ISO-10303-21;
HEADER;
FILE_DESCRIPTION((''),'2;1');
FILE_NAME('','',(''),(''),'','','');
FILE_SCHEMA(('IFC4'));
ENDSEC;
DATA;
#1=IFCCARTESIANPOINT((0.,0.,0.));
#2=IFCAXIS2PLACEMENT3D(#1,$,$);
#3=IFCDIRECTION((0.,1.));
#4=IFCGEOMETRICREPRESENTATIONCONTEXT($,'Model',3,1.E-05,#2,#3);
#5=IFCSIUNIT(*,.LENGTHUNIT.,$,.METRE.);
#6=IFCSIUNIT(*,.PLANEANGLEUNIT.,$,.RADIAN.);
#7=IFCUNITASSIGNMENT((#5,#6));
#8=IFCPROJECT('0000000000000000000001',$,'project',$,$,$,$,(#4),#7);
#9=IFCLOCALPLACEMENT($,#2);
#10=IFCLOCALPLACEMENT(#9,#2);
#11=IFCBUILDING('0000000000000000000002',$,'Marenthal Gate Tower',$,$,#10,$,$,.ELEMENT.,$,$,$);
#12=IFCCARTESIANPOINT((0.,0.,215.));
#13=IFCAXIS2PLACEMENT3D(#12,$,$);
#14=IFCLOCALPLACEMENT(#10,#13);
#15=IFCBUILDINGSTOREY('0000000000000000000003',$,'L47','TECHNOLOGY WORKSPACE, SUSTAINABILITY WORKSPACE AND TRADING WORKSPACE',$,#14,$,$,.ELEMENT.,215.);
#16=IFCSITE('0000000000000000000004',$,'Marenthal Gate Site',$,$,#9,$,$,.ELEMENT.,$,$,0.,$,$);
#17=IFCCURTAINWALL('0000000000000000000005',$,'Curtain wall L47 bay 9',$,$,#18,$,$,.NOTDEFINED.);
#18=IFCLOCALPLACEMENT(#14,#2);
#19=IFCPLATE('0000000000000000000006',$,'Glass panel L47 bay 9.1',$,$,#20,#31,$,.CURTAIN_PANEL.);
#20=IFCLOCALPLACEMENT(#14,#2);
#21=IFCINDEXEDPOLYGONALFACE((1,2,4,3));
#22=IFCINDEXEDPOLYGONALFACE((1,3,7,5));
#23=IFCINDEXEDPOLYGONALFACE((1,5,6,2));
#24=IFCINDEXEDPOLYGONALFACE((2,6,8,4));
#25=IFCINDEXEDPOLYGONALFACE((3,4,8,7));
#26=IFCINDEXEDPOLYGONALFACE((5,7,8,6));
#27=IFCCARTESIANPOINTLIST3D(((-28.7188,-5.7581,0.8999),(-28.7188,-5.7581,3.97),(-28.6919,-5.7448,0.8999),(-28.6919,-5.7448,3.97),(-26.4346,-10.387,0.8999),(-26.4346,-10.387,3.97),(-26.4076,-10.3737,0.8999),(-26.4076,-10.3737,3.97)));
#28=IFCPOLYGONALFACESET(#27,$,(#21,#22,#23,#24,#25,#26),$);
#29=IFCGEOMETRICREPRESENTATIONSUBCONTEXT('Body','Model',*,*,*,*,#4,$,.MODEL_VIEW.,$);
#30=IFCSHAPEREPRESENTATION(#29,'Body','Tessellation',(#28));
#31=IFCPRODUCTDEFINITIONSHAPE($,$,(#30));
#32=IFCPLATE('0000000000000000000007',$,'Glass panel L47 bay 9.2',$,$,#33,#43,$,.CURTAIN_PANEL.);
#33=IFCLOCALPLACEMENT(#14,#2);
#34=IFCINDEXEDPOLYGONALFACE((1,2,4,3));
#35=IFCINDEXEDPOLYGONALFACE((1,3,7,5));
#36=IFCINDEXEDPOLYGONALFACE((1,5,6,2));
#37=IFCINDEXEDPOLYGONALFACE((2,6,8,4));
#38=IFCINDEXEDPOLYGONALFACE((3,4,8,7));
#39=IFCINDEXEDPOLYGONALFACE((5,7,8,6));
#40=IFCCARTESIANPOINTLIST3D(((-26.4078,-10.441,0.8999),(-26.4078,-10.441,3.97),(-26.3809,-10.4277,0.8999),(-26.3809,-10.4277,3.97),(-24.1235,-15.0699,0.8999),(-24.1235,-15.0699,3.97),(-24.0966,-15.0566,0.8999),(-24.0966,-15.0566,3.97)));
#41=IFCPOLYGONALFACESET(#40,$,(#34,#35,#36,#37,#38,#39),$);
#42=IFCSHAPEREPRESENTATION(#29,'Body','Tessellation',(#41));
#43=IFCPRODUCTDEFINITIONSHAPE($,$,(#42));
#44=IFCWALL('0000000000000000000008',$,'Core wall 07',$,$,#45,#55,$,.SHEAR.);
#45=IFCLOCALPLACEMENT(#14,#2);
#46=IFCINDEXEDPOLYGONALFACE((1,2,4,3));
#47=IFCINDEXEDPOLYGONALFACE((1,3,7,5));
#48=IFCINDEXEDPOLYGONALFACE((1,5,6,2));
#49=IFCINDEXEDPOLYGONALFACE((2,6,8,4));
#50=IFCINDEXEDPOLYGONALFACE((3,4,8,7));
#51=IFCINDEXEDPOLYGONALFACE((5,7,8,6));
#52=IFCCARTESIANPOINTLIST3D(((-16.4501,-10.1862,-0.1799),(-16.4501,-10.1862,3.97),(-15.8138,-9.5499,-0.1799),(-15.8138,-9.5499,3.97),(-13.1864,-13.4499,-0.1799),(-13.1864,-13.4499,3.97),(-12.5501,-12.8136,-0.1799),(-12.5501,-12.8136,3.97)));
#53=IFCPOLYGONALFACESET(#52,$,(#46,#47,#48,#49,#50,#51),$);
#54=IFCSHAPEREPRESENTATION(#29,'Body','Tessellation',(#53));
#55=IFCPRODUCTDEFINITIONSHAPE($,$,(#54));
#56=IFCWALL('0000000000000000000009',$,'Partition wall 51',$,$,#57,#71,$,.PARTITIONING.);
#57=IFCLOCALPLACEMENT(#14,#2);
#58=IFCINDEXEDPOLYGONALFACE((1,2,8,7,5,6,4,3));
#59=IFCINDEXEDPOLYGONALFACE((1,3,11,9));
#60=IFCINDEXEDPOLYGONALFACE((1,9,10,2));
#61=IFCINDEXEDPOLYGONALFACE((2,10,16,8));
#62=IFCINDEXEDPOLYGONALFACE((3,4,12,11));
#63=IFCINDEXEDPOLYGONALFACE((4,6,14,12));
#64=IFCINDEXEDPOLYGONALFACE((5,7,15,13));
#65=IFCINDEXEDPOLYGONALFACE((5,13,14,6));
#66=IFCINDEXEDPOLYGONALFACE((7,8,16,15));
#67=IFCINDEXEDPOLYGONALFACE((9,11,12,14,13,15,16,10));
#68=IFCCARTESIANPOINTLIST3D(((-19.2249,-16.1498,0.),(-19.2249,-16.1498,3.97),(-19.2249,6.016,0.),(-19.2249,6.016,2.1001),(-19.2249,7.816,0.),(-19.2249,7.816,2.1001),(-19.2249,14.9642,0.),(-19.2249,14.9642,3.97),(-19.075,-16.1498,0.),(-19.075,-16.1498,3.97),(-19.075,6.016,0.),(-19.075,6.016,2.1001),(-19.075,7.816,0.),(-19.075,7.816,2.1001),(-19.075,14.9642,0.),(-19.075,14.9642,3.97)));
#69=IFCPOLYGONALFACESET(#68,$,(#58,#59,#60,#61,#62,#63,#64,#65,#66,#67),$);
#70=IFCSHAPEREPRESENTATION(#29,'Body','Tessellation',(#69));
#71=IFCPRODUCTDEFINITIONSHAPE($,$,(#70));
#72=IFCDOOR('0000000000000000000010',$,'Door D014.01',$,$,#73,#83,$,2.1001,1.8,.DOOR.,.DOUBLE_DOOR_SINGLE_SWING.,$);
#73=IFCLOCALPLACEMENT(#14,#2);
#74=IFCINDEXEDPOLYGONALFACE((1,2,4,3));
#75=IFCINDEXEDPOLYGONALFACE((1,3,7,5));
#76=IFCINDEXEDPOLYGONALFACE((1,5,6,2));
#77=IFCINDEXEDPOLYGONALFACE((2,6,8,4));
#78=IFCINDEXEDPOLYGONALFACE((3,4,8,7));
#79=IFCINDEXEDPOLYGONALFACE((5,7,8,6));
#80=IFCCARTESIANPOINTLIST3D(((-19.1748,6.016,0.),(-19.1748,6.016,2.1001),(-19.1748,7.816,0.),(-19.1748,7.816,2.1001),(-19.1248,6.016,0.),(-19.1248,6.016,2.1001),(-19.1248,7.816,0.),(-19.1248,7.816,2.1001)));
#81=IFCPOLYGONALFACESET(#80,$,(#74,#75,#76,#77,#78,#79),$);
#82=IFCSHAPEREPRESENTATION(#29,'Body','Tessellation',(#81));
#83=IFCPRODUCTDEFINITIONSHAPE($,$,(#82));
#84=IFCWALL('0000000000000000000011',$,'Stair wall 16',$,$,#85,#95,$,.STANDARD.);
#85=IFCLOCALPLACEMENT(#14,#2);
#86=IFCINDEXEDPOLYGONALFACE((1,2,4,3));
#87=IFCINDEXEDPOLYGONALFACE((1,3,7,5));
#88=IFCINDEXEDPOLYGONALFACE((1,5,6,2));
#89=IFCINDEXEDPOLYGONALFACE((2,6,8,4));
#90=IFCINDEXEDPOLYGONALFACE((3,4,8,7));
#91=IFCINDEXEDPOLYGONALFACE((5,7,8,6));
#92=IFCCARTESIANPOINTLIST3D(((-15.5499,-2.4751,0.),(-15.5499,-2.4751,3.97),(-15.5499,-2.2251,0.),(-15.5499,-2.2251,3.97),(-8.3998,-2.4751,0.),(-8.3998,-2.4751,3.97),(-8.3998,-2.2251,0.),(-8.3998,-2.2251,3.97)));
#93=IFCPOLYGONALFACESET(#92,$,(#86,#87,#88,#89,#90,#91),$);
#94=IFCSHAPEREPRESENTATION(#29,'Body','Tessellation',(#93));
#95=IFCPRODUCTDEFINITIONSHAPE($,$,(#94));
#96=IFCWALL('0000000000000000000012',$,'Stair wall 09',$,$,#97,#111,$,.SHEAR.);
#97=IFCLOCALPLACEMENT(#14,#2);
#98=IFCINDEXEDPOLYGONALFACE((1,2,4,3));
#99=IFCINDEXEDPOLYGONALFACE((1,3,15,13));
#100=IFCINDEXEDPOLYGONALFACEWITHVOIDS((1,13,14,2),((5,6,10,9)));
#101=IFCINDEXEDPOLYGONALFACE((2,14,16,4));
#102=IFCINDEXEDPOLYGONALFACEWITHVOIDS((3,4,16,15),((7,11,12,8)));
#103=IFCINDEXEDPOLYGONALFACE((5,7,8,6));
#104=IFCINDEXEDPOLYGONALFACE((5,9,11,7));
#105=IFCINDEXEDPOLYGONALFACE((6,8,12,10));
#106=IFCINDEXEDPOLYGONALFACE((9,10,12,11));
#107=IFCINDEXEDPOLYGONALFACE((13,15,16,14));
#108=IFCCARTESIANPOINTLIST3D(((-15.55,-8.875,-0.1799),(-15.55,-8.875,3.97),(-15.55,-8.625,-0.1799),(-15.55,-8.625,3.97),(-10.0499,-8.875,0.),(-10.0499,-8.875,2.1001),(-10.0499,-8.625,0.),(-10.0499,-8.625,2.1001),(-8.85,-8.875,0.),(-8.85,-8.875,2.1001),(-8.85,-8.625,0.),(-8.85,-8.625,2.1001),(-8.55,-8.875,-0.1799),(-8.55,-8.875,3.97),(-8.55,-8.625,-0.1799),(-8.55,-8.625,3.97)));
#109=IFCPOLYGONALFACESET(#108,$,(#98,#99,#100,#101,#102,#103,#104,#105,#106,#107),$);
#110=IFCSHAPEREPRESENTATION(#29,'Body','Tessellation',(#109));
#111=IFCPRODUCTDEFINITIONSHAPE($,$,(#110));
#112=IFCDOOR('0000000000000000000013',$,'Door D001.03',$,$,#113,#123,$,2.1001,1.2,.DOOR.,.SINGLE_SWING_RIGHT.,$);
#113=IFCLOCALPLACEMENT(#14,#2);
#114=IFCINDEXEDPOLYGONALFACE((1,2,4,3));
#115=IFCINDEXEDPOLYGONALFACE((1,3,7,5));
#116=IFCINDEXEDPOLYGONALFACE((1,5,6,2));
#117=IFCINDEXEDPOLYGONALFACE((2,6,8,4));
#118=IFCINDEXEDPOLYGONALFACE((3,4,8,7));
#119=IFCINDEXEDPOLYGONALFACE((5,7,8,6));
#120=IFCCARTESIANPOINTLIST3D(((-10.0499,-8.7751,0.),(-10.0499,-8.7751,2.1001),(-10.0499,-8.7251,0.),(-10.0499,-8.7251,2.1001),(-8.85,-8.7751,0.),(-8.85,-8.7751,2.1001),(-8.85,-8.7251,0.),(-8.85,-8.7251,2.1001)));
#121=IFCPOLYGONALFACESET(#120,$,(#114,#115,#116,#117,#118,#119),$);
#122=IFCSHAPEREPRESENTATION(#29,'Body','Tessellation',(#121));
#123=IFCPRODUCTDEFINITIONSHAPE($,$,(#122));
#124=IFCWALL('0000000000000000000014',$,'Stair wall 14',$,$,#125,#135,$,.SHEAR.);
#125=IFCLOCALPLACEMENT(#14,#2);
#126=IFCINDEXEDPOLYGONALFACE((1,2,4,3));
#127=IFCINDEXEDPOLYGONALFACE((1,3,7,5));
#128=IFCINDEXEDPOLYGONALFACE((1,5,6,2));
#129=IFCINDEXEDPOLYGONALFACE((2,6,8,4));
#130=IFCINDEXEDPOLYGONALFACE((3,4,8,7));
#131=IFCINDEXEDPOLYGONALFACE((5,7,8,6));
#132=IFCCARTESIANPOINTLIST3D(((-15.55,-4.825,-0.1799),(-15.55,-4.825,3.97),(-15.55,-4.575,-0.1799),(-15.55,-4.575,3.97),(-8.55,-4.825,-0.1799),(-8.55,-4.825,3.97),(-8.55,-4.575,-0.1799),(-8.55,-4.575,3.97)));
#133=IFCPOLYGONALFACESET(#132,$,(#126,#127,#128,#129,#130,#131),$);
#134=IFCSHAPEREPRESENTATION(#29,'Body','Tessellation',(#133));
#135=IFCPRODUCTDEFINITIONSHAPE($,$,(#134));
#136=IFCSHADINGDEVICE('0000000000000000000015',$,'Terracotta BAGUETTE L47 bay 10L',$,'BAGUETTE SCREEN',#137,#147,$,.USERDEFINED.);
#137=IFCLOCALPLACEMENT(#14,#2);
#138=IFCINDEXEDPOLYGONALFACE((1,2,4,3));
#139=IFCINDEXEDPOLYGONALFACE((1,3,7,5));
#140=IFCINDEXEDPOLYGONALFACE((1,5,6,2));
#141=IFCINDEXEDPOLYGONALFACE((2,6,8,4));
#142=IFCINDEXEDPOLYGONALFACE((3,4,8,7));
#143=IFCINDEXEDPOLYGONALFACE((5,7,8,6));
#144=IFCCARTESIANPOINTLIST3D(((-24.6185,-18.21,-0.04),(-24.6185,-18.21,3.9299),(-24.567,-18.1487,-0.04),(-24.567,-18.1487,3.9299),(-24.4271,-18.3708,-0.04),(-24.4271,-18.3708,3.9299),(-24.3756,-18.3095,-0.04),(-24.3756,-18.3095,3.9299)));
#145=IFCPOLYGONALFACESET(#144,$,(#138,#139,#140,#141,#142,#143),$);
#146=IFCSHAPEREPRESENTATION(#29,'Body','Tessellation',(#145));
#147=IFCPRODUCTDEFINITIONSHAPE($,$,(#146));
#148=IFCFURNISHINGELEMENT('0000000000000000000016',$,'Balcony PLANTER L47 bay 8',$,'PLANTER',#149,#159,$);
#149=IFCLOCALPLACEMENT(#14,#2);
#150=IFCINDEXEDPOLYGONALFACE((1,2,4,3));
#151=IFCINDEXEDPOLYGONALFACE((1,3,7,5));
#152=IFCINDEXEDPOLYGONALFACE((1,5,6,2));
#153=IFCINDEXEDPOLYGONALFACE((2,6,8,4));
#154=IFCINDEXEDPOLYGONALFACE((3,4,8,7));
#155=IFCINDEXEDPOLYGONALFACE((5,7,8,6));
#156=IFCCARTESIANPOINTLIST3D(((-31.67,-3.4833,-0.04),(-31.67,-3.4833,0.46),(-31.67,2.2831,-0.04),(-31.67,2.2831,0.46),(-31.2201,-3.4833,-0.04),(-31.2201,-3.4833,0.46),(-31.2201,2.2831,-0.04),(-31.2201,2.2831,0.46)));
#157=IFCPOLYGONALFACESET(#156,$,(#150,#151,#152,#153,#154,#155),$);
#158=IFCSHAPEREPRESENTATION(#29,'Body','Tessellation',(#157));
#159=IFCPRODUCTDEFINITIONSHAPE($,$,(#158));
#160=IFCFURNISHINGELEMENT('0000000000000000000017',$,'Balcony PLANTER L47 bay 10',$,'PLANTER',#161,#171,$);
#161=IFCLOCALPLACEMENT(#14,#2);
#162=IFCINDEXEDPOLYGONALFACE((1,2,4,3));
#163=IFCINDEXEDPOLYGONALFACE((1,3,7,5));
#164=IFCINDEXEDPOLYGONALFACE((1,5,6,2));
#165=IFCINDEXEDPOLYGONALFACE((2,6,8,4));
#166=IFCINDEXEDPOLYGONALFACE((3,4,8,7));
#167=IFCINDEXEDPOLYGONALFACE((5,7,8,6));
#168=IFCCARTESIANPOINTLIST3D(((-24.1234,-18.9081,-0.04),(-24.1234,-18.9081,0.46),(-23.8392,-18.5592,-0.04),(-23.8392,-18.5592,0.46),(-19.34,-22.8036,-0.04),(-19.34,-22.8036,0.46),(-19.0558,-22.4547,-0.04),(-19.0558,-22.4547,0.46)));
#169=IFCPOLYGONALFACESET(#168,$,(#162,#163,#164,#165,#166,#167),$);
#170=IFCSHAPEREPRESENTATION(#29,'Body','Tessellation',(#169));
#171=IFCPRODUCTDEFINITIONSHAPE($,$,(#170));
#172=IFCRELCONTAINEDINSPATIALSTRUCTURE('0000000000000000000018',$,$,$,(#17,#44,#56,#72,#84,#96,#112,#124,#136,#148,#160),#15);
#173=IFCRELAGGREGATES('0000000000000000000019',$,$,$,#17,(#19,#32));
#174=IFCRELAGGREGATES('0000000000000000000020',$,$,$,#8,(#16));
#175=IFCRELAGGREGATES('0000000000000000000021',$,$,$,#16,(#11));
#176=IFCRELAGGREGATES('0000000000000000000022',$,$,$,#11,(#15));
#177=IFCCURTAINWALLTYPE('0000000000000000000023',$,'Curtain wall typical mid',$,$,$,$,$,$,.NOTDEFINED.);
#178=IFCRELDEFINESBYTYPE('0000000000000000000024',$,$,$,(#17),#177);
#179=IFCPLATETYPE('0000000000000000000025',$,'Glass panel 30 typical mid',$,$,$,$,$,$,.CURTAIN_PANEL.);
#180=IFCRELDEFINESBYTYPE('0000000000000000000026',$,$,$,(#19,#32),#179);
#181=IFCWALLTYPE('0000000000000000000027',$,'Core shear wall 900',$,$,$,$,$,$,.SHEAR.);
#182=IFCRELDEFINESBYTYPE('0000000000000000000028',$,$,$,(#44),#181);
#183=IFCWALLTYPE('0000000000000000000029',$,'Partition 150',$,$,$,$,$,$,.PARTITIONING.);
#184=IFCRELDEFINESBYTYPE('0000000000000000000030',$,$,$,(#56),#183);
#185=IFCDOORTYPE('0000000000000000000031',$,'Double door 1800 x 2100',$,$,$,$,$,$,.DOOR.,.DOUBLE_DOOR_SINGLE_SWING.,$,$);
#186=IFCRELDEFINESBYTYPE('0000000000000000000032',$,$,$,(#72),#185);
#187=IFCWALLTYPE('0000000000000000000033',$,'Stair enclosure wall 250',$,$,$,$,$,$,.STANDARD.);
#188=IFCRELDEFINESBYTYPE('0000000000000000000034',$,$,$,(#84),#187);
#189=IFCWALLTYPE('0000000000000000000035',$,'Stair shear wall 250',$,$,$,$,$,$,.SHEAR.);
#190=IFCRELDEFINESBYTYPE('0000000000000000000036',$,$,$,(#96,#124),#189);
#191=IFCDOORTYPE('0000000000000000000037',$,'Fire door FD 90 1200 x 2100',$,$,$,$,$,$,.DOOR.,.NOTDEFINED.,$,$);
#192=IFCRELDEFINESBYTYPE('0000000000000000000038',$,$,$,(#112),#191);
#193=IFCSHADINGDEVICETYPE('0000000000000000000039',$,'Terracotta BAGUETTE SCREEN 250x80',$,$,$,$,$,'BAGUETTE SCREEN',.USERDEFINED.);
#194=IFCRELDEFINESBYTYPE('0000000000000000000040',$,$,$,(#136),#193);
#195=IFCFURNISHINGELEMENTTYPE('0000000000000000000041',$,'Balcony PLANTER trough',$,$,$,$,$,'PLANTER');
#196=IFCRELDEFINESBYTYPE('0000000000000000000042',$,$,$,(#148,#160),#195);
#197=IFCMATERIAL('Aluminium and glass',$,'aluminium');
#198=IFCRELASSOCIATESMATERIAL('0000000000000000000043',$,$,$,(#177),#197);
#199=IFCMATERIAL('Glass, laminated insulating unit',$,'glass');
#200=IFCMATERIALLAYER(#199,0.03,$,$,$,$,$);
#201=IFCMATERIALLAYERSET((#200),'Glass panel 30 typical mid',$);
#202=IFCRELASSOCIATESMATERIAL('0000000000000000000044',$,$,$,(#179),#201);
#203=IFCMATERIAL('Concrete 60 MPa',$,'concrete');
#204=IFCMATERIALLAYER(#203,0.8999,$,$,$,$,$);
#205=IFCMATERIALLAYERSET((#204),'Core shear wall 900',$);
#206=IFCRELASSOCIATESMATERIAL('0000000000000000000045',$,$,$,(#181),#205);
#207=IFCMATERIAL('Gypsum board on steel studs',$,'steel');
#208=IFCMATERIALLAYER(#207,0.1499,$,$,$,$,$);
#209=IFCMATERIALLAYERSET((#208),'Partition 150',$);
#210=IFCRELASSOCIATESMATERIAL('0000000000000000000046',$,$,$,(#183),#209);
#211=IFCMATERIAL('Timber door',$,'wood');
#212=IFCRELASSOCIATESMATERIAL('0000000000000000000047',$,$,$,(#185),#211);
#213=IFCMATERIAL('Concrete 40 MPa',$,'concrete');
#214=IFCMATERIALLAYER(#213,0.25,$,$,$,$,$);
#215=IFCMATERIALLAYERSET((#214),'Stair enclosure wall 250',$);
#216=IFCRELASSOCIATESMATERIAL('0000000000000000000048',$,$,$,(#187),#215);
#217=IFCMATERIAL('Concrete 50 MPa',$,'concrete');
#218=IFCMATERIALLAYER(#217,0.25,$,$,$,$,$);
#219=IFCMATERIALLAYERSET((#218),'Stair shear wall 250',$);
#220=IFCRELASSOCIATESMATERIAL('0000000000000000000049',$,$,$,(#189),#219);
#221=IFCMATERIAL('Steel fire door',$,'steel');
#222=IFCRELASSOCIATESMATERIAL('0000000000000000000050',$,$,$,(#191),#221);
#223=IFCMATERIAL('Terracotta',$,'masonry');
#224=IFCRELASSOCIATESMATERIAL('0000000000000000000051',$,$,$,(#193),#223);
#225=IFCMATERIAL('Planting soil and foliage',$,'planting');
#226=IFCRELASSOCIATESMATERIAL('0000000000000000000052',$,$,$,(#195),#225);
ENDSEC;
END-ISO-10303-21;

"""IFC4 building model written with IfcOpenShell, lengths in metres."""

from ifc_helpers import new_model, si_unit, direction, frame, frame_2d, origin, origin_2d, place, context, subcontext, project, spatial, rectangle, extrude, material, layer, layer_set, material_profile, profile_set, type_object, element, fill, aggregate, save


model = new_model("IFC4")

# Units and contexts
model_context = context("Model", 3, precision=1e-05, world=origin(), true_north=direction((0.0, 1.0)))
body_context = subcontext(model_context, "Body", "Model", "MODEL_VIEW")
ifc_project = project(units=[si_unit("LENGTHUNIT", "METRE"), si_unit("PLANEANGLEUNIT", "RADIAN")], contexts=[model_context])

# Site, building, storey
site_placement = place(None, origin())
site = spatial("IfcSite", under=ifc_project, at=site_placement, Name="Marenthal Gate Site", CompositionType="ELEMENT", RefElevation=0.0)
building_placement = place(site_placement, origin())
building = spatial("IfcBuilding", under=site, at=building_placement, Name="Marenthal Gate Tower", CompositionType="ELEMENT")
storey_placement = place(building_placement, frame((0.0, 0.0, 215.0)))
storey = spatial("IfcBuildingStorey", under=building, at=storey_placement, Name="L47", Description="TECHNOLOGY WORKSPACE, SUSTAINABILITY WORKSPACE AND TRADING WORKSPACE", CompositionType="ELEMENT", Elevation=215.0)

# Curtain wall
ifc_material_1 = material(Name="Aluminium and glass", Category="aluminium")
curtain_wall_type = type_object("IfcCurtainWallType", Name="Curtain wall typical mid", PredefinedType="NOTDEFINED", material=ifc_material_1)
curtain_wall_1_placement = place(storey_placement, origin())
curtain_wall_1 = element("IfcCurtainWall", 1, at=curtain_wall_1_placement, inside=storey, type_object=curtain_wall_type, Name="Curtain wall L47 bay 9", PredefinedType="NOTDEFINED")

# Plates
ifc_material_2 = material(Name="Glass, laminated insulating unit", Category="glass")
ifc_layer_1 = layer(ifc_material_2, 0.03)
ifc_layer_set_1 = layer_set([ifc_layer_1], Name="Glass panel 30 typical mid")
plate_type = type_object("IfcPlateType", Name="Glass panel 30 typical mid", PredefinedType="CURTAIN_PANEL", material=ifc_layer_set_1)
plate_1_placement = place(storey_placement, frame((-27.5632, -8.0659, 0.8999), z_axis=(0.0, 0.0, 1.0), x_axis=(0.442523, -0.896757, 0.0)))
plate_1 = element("IfcPlate", 2, at=plate_1_placement, type_object=plate_type, Name="Glass panel L47 bay 9.1", PredefinedType="CURTAIN_PANEL", context=body_context, shape_type="SweptSolid", body=[
    extrude(rectangle(XDim=5.1619, YDim=0.03, at=origin_2d()), origin(), (0.0, 0.0, 1.0), 3.0701),
])
plate_2_placement = place(storey_placement, frame((-25.2522, -12.7488, 0.8999), z_axis=(0.0, 0.0, 1.0), x_axis=(0.442523, -0.896757, 0.0)))
plate_2 = element("IfcPlate", 3, at=plate_2_placement, type_object=plate_type, Name="Glass panel L47 bay 9.2", PredefinedType="CURTAIN_PANEL", context=body_context, shape_type="SweptSolid", body=[
    extrude(rectangle(XDim=5.1619, YDim=0.03, at=origin_2d()), origin(), (0.0, 0.0, 1.0), 3.0701),
])
aggregate(curtain_wall_1, [plate_1, plate_2])

# Wall
ifc_material_3 = material(Name="Concrete 60 MPa", Category="concrete")
ifc_layer_2 = layer(ifc_material_3, 0.8999)
ifc_layer_set_2 = layer_set([ifc_layer_2], Name="Core shear wall 900")
wall_type_1 = type_object("IfcWallType", Name="Core shear wall 900", PredefinedType="SHEAR", material=ifc_layer_set_2)
wall_1_placement = place(storey_placement, frame((-16.1318, -9.8682, -0.1799), z_axis=(0.0, 0.0, 1.0), x_axis=(0.707107, -0.707107, 0.0)))
element("IfcWall", 4, at=wall_1_placement, inside=storey, type_object=wall_type_1, Name="Core wall 07", PredefinedType="SHEAR", context=body_context, shape_type="SweptSolid", body=[
    extrude(rectangle(XDim=4.6155, YDim=0.8999, at=frame_2d((2.3076, 0.0))), origin(), (0.0, 0.0, 1.0), 4.1499),
])

# Wall, opening, door
ifc_material_4 = material(Name="Gypsum board on steel studs", Category="steel")
ifc_layer_3 = layer(ifc_material_4, 0.1499)
ifc_layer_set_3 = layer_set([ifc_layer_3], Name="Partition 150")
wall_type_2 = type_object("IfcWallType", Name="Partition 150", PredefinedType="PARTITIONING", material=ifc_layer_set_3)
wall_2_placement = place(storey_placement, frame((-19.1499, -16.1499, 0.0), z_axis=(0.0, 0.0, 1.0), x_axis=(0.0, 1.0, 0.0)))
wall_2 = element("IfcWall", 5, at=wall_2_placement, inside=storey, type_object=wall_type_2, Name="Partition wall 51", PredefinedType="PARTITIONING", context=body_context, shape_type="SweptSolid", body=[
    extrude(rectangle(XDim=31.114, YDim=0.1499, at=frame_2d((15.5571, 0.0))), origin(), (0.0, 0.0, 1.0), 3.97),
])
opening_1_placement = place(wall_2_placement, frame((22.166, 0.0, 0.0)))
opening_1 = element("IfcOpeningElement", 6, at=opening_1_placement, cuts=wall_2, PredefinedType="OPENING", context=body_context, shape_type="SweptSolid", body=[
    extrude(rectangle(XDim=1.8, YDim=2.1001, at=frame_2d((0.8999, 1.05))), frame((0.0, 0.085, 0.0), z_axis=(0.0, -1.0, 0.0), x_axis=(1.0, 0.0, 0.0)), (0.0, 0.0, 1.0), 0.1699),
])
ifc_material_5 = material(Name="Timber door", Category="wood")
door_type_1 = type_object("IfcDoorType", Name="Double door 1800 x 2100", OperationType="DOUBLE_DOOR_SINGLE_SWING", PredefinedType="DOOR", material=ifc_material_5)
door_1_placement = place(opening_1_placement, origin())
door_1 = element("IfcDoor", 7, at=door_1_placement, inside=storey, type_object=door_type_1, Name="Door D014.01", OperationType="DOUBLE_DOOR_SINGLE_SWING", OverallHeight=2.1001, OverallWidth=1.8, PredefinedType="DOOR", context=body_context, shape_type="SweptSolid", body=[
    extrude(rectangle(XDim=1.8, YDim=2.1001, at=frame_2d((0.8999, 1.05))), frame((0.0, 0.0249, 0.0), z_axis=(0.0, -1.0, 0.0), x_axis=(1.0, 0.0, 0.0)), (0.0, 0.0, 1.0), 0.05),
])
fill(opening_1, door_1)

# Wall
ifc_material_6 = material(Name="Concrete 40 MPa", Category="concrete")
ifc_layer_4 = layer(ifc_material_6, 0.25)
ifc_layer_set_4 = layer_set([ifc_layer_4], Name="Stair enclosure wall 250")
wall_type_3 = type_object("IfcWallType", Name="Stair enclosure wall 250", PredefinedType="STANDARD", material=ifc_layer_set_4)
wall_3_placement = place(storey_placement, frame((-15.55, -2.3501, 0.0), z_axis=(0.0, 0.0, 1.0), x_axis=(1.0, 0.0, 0.0)))
element("IfcWall", 8, at=wall_3_placement, inside=storey, type_object=wall_type_3, Name="Stair wall 16", PredefinedType="STANDARD", context=body_context, shape_type="SweptSolid", body=[
    extrude(rectangle(XDim=7.1501, YDim=0.25, at=frame_2d((3.5752, 0.0))), origin(), (0.0, 0.0, 1.0), 3.97),
])

# Wall, opening, door
ifc_material_7 = material(Name="Concrete 50 MPa", Category="concrete")
ifc_layer_5 = layer(ifc_material_7, 0.25)
ifc_layer_set_5 = layer_set([ifc_layer_5], Name="Stair shear wall 250")
wall_type_4 = type_object("IfcWallType", Name="Stair shear wall 250", PredefinedType="SHEAR", material=ifc_layer_set_5)
wall_4_placement = place(storey_placement, frame((-15.55, -8.75, -0.1799), z_axis=(0.0, 0.0, 1.0), x_axis=(1.0, 0.0, 0.0)))
wall_4 = element("IfcWall", 9, at=wall_4_placement, inside=storey, type_object=wall_type_4, Name="Stair wall 09", PredefinedType="SHEAR", context=body_context, shape_type="SweptSolid", body=[
    extrude(rectangle(XDim=7.0, YDim=0.25, at=frame_2d((3.5, 0.0))), origin(), (0.0, 0.0, 1.0), 4.1499),
])
opening_2_placement = place(wall_4_placement, frame((5.5, 0.0, 0.1799)))
opening_2 = element("IfcOpeningElement", 10, at=opening_2_placement, cuts=wall_4, PredefinedType="OPENING", context=body_context, shape_type="SweptSolid", body=[
    extrude(rectangle(XDim=1.2, YDim=2.1001, at=frame_2d((0.6001, 1.05))), frame((0.0, 0.135, 0.0), z_axis=(0.0, -1.0, 0.0), x_axis=(1.0, 0.0, 0.0)), (0.0, 0.0, 1.0), 0.27),
])
ifc_material_8 = material(Name="Steel fire door", Category="steel")
door_type_2 = type_object("IfcDoorType", Name="Fire door FD 90 1200 x 2100", OperationType="NOTDEFINED", PredefinedType="DOOR", material=ifc_material_8)
door_2_placement = place(opening_2_placement, origin())
door_2 = element("IfcDoor", 11, at=door_2_placement, inside=storey, type_object=door_type_2, Name="Door D001.03", OperationType="SINGLE_SWING_RIGHT", OverallHeight=2.1001, OverallWidth=1.2, PredefinedType="DOOR", context=body_context, shape_type="SweptSolid", body=[
    extrude(rectangle(XDim=1.2, YDim=2.1001, at=frame_2d((0.6001, 1.05))), frame((0.0, 0.0249, 0.0), z_axis=(0.0, -1.0, 0.0), x_axis=(1.0, 0.0, 0.0)), (0.0, 0.0, 1.0), 0.05),
])
fill(opening_2, door_2)

# Wall
wall_5_placement = place(storey_placement, frame((-15.55, -4.7, -0.1799), z_axis=(0.0, 0.0, 1.0), x_axis=(1.0, 0.0, 0.0)))
element("IfcWall", 12, at=wall_5_placement, inside=storey, type_object=wall_type_4, Name="Stair wall 14", PredefinedType="SHEAR", context=body_context, shape_type="SweptSolid", body=[
    extrude(rectangle(XDim=7.0, YDim=0.25, at=frame_2d((3.5, 0.0))), origin(), (0.0, 0.0, 1.0), 4.1499),
])

# Shading device
ifc_material_9 = material(Name="Terracotta", Category="masonry")
ifc_material_profile_1 = material_profile(ifc_material_9, rectangle(XDim=0.25, YDim=0.0801, at=origin_2d()), Name="Terracotta baguette 250x80")
ifc_profile_set_1 = profile_set([ifc_material_profile_1], Name="Terracotta")
shading_device_type = type_object("IfcShadingDeviceType", Name="Terracotta BAGUETTE SCREEN 250x80", ElementType="BAGUETTE SCREEN", PredefinedType="USERDEFINED", material=ifc_profile_set_1)
shading_device_placement = place(storey_placement, frame((-24.4971, -18.2598, -0.04), z_axis=(0.0, 0.0, 1.0), x_axis=(0.765628, -0.643284, 0.0)))
element("IfcShadingDevice", 13, at=shading_device_placement, inside=storey, type_object=shading_device_type, Name="Terracotta BAGUETTE L47 bay 10L", ObjectType="BAGUETTE SCREEN", PredefinedType="USERDEFINED", context=body_context, shape_type="SweptSolid", body=[
    extrude(rectangle(XDim=0.25, YDim=0.0801, at=origin_2d()), origin(), (0.0, 0.0, 1.0), 3.97),
])

# Furnishing elements
ifc_material_10 = material(Name="Planting soil and foliage", Category="planting")
furnishing_element_type = type_object("IfcFurnishingElementType", Name="Balcony PLANTER trough", ElementType="PLANTER", material=ifc_material_10)
furnishing_1_placement = place(storey_placement, frame((-31.4451, -0.6001, -0.04), z_axis=(0.0, 0.0, 1.0), x_axis=(0.0, -1.0, 0.0)))
element("IfcFurnishingElement", 14, at=furnishing_1_placement, inside=storey, type_object=furnishing_element_type, Name="Balcony PLANTER L47 bay 8", ObjectType="PLANTER", context=body_context, shape_type="SweptSolid", body=[
    extrude(rectangle(XDim=5.7664, YDim=0.45, at=origin_2d()), origin(), (0.0, 0.0, 1.0), 0.5),
])
furnishing_2_placement = place(storey_placement, frame((-21.5896, -20.6814, -0.04), z_axis=(0.0, 0.0, 1.0), x_axis=(0.775396, -0.631476, 0.0)))
element("IfcFurnishingElement", 15, at=furnishing_2_placement, inside=storey, type_object=furnishing_element_type, Name="Balcony PLANTER L47 bay 10", ObjectType="PLANTER", context=body_context, shape_type="SweptSolid", body=[
    extrude(rectangle(XDim=6.1689, YDim=0.45, at=origin_2d()), origin(), (0.0, 0.0, 1.0), 0.5),
])

save(model, "model.ifc")
